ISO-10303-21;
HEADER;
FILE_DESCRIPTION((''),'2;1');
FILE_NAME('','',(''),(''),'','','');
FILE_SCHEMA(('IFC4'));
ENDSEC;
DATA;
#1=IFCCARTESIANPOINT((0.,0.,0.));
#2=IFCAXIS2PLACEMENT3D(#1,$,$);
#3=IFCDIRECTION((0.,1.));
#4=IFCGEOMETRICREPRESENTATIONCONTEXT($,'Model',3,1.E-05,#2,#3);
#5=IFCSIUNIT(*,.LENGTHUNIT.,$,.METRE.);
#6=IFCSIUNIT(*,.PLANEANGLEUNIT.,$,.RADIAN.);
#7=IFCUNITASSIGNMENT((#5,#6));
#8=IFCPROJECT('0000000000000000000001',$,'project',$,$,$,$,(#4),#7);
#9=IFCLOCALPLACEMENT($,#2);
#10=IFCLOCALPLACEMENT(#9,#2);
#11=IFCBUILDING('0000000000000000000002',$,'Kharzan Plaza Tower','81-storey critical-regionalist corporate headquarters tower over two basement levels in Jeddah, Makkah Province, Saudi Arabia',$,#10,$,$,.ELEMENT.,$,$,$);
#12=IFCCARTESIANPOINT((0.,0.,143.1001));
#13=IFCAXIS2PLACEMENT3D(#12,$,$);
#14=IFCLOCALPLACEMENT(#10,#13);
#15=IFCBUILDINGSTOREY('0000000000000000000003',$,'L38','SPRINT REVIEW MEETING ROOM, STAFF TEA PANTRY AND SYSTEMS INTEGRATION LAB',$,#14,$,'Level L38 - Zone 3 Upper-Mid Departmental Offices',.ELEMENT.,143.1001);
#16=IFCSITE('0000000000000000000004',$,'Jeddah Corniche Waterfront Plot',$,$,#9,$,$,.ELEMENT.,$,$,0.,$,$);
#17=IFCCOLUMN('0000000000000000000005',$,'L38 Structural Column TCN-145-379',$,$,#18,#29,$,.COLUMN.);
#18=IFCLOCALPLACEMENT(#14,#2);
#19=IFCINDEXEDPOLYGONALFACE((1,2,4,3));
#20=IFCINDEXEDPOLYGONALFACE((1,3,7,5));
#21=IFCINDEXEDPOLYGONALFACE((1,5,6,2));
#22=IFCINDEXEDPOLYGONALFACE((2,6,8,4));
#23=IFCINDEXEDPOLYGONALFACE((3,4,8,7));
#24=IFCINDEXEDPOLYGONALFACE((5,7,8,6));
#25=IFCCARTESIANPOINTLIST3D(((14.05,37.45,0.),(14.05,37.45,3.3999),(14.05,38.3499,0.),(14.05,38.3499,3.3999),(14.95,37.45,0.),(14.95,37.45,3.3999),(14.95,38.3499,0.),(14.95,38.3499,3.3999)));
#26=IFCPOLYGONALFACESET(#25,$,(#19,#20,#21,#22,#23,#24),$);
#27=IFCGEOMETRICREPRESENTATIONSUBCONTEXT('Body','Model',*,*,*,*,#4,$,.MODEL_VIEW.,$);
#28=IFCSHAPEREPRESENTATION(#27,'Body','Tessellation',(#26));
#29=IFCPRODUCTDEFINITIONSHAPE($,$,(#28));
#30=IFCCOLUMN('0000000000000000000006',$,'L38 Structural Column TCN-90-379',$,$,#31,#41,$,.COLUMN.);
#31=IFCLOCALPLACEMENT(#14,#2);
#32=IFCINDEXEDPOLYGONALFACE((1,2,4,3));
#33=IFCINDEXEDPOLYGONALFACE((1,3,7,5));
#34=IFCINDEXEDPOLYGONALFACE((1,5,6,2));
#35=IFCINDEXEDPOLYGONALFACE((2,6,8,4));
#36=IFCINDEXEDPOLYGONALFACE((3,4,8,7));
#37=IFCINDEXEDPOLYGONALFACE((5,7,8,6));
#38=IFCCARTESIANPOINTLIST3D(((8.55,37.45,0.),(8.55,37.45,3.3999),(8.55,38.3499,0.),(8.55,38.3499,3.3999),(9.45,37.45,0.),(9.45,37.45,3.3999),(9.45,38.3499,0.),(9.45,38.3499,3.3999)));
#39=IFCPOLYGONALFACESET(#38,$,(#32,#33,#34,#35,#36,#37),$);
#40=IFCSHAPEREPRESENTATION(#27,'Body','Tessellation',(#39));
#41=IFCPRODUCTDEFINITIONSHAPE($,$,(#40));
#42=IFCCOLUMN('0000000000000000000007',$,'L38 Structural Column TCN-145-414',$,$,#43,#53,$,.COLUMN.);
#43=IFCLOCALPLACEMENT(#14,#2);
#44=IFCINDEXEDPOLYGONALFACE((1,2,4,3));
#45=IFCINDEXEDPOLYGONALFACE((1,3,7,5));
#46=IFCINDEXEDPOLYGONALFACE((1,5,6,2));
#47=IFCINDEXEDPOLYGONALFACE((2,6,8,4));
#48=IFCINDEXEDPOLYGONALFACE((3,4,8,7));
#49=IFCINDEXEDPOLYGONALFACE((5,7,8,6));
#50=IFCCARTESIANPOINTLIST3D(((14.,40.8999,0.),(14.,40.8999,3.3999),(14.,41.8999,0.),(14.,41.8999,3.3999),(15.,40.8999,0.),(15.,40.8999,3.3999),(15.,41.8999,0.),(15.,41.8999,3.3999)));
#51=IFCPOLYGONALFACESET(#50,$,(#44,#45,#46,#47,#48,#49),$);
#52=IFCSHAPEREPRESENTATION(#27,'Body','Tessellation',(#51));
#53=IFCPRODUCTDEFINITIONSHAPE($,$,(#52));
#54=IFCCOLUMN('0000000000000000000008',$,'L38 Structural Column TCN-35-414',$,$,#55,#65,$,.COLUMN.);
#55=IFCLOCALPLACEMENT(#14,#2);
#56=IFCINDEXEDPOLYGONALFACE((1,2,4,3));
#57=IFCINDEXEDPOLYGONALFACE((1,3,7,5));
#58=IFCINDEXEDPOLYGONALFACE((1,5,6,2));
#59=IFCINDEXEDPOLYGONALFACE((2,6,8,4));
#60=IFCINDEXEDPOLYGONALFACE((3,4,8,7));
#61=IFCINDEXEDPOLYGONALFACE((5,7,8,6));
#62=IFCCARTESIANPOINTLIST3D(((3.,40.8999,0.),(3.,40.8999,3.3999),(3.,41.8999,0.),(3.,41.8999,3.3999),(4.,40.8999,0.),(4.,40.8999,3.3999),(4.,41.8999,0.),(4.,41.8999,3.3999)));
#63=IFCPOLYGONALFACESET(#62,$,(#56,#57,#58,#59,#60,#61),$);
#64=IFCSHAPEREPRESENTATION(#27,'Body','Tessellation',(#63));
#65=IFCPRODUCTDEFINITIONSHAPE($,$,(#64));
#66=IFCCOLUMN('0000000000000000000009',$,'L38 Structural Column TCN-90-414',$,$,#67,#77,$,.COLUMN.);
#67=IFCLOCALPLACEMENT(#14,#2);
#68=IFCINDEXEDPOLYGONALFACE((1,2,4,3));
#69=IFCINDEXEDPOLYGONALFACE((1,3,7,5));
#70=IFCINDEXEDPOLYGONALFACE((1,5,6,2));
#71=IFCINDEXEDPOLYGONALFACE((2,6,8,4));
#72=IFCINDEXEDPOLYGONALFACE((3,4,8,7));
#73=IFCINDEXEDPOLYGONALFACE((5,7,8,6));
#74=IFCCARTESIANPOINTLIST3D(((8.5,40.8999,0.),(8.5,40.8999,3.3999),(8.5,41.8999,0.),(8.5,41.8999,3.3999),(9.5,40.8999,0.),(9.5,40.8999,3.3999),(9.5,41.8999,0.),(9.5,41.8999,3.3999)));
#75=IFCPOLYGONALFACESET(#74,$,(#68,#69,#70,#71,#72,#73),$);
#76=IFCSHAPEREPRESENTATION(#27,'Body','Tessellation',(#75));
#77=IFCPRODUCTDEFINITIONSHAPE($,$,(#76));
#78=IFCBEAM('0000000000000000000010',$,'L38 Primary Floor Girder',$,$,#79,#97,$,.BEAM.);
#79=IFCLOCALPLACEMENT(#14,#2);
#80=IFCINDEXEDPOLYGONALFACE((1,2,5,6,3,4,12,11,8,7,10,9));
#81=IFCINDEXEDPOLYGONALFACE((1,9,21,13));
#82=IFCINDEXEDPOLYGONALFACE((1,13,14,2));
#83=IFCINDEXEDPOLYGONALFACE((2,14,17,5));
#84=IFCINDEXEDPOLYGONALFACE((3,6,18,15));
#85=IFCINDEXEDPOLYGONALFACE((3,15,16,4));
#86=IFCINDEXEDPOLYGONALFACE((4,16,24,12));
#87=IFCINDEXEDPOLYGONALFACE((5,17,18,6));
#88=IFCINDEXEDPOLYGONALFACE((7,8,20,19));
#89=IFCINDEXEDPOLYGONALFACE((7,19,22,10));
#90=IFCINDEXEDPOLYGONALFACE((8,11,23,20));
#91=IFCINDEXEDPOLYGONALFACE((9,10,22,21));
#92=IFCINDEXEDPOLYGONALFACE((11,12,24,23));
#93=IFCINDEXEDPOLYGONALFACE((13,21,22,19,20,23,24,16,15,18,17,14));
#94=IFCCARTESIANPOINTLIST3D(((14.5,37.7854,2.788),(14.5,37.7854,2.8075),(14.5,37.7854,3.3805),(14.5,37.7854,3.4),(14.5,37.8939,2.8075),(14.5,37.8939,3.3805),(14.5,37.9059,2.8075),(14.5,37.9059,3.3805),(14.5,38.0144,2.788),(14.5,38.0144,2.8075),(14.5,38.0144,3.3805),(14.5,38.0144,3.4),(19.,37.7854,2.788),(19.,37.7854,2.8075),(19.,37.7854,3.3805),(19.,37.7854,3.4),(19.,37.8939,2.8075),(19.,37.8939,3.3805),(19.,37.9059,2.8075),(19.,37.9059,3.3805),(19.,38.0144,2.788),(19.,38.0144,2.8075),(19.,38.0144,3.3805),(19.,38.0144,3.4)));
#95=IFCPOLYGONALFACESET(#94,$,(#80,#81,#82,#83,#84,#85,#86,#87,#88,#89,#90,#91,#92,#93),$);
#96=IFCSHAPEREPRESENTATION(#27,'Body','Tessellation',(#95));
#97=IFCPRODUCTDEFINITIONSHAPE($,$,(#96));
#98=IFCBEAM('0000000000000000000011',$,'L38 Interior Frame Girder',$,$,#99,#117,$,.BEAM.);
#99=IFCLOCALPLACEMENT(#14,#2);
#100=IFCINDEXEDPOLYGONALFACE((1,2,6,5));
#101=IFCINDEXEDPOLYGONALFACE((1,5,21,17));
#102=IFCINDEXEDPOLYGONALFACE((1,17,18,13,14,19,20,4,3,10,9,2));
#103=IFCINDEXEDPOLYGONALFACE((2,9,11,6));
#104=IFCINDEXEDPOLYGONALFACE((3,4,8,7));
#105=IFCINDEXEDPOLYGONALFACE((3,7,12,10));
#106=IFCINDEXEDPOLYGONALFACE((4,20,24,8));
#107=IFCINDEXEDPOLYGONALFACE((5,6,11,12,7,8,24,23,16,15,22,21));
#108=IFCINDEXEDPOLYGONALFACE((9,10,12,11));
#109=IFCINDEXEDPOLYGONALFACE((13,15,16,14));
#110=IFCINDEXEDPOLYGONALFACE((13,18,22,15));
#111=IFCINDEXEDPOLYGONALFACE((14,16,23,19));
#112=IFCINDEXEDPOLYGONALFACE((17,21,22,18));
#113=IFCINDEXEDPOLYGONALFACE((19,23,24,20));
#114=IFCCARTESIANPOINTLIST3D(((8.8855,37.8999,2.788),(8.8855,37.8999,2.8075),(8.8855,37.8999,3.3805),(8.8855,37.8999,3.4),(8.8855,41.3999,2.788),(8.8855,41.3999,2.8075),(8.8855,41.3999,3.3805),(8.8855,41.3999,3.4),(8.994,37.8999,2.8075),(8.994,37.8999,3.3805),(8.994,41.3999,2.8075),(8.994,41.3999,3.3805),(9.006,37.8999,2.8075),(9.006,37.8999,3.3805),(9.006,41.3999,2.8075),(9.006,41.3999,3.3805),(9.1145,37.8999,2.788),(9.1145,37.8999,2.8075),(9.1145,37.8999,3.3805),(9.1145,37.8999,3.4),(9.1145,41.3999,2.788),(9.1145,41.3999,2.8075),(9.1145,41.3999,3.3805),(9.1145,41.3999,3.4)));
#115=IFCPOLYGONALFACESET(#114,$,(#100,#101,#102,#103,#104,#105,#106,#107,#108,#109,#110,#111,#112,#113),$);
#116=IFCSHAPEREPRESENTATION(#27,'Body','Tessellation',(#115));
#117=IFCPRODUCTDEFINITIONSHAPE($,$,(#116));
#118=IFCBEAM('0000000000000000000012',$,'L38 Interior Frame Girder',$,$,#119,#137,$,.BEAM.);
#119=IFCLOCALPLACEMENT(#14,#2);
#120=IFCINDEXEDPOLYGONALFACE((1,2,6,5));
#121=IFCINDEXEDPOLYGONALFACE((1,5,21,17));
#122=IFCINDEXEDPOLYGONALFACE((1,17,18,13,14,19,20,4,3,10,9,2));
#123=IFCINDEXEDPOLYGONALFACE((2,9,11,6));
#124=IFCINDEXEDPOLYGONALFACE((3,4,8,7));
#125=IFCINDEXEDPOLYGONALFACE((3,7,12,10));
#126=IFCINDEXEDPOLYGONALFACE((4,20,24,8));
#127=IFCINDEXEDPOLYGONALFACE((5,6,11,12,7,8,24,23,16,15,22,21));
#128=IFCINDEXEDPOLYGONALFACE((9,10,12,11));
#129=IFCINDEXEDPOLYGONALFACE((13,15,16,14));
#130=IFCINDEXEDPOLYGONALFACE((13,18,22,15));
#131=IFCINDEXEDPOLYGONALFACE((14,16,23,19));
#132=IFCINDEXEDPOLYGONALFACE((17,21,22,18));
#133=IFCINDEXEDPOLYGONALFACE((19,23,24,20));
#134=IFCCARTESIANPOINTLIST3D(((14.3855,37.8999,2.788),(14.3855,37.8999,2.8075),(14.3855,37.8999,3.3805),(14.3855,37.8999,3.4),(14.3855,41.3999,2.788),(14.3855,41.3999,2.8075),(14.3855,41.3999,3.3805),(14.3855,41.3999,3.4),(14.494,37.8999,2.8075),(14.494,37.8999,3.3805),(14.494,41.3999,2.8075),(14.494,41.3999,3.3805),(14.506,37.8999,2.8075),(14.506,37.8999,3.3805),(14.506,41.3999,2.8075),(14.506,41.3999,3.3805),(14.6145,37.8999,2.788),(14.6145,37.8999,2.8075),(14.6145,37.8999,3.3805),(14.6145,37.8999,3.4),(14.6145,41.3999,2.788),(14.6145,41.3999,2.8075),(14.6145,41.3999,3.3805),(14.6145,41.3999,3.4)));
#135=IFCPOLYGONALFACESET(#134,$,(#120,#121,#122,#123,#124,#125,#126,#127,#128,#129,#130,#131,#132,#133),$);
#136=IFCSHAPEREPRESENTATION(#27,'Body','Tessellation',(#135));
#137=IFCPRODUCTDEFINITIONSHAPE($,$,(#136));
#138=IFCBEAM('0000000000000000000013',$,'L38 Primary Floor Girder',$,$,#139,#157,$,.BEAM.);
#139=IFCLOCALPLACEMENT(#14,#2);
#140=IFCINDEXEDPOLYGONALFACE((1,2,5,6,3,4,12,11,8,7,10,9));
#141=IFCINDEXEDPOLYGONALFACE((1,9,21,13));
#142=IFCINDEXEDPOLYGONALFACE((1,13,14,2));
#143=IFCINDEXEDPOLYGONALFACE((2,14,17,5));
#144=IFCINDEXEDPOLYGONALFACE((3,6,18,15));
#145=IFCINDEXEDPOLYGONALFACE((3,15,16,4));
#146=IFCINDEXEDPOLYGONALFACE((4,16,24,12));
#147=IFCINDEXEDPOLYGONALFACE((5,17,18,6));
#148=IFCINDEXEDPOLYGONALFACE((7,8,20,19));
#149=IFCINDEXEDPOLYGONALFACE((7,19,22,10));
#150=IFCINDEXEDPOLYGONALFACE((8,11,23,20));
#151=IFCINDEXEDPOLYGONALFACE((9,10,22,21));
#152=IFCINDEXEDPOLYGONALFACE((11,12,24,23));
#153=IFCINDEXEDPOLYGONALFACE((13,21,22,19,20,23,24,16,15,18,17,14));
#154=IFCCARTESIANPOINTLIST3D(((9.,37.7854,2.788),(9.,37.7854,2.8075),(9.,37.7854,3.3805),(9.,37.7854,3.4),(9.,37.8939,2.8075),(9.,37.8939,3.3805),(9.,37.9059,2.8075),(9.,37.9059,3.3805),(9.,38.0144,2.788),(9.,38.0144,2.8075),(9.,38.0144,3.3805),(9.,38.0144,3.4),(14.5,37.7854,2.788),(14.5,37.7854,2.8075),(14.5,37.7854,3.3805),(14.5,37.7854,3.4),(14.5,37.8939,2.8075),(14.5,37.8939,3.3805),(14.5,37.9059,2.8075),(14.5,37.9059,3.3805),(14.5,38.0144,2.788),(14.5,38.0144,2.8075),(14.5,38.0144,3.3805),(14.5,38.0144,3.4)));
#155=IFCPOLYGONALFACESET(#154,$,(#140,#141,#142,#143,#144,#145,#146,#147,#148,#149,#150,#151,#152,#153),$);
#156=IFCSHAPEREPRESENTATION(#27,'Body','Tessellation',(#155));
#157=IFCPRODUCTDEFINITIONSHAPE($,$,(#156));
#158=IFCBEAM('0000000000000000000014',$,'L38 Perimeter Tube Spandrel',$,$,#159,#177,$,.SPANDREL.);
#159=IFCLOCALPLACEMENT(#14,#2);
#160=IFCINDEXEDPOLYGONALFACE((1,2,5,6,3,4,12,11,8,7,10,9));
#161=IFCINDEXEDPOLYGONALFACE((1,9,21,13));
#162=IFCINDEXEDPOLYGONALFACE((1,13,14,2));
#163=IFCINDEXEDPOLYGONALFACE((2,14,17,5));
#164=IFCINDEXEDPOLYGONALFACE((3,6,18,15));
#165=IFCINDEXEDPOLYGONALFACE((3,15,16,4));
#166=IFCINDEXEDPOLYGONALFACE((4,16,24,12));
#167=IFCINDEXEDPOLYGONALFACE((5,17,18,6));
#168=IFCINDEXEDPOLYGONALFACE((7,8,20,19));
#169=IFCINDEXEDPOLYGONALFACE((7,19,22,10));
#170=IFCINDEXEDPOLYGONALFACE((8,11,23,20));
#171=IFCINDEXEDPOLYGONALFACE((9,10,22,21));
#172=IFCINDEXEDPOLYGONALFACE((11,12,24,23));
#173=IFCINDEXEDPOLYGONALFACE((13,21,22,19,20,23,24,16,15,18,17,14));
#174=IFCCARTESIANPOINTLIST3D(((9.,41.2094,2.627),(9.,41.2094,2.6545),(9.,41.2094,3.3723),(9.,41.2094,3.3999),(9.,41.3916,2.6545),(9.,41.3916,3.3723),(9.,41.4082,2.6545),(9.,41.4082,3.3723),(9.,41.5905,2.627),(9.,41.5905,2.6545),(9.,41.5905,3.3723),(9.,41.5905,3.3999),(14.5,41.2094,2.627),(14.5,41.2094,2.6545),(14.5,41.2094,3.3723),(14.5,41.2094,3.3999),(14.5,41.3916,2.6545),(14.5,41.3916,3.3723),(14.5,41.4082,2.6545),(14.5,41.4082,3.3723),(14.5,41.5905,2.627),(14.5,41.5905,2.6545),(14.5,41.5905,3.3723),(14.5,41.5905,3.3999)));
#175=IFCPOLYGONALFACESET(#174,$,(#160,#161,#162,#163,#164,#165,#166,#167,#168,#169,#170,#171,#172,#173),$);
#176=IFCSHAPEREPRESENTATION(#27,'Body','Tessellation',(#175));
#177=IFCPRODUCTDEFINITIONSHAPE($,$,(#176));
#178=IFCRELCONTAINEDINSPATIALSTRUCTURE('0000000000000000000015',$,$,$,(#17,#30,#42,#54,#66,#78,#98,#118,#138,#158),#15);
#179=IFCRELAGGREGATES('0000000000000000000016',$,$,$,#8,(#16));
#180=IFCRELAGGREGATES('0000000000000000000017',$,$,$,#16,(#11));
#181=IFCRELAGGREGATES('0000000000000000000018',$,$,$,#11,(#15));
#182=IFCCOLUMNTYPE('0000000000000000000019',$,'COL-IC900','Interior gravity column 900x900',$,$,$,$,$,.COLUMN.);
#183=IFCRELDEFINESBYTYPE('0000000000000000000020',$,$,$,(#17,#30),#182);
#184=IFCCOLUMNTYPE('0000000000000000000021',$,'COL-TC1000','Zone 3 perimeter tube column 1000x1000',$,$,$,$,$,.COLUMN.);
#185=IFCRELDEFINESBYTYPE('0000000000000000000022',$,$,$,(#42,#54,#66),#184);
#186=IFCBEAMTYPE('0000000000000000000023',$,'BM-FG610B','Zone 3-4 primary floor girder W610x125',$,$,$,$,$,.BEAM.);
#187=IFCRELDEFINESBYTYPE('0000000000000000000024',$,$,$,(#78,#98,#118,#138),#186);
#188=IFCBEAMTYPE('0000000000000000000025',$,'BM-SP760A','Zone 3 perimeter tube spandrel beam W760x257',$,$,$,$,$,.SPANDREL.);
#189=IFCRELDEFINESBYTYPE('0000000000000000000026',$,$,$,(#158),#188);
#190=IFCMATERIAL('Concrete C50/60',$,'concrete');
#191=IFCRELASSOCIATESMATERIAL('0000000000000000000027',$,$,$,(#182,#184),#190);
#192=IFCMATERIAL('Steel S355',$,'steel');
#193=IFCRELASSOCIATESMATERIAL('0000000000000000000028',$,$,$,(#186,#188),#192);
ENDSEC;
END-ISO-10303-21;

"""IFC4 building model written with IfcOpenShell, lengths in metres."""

from ifc_helpers import new_model, si_unit, direction, frame, origin, origin_2d, place, context, subcontext, project, spatial, rectangle, i_section, extrude, source, transform, mapped, material, material_profile, profile_set, type_object, element, save


model = new_model("IFC4")

# Units and contexts
model_context = context("Model", 3, precision=1e-05, world=origin(), true_north=direction((0.0, 1.0)))
body_context = subcontext(model_context, "Body", "Model", "MODEL_VIEW")
ifc_project = project(units=[si_unit("LENGTHUNIT", "METRE"), si_unit("PLANEANGLEUNIT", "RADIAN")], contexts=[model_context])

# Site, building, storey
site_placement = place(None, origin())
site = spatial("IfcSite", under=ifc_project, at=site_placement, Name="Jeddah Corniche Waterfront Plot", CompositionType="ELEMENT", RefElevation=0.0)
building_placement = place(site_placement, origin())
building = spatial("IfcBuilding", under=site, at=building_placement, Name="Kharzan Plaza Tower", Description="81-storey critical-regionalist corporate headquarters tower over two basement levels in Jeddah, Makkah Province, Saudi Arabia", CompositionType="ELEMENT")
storey_placement = place(building_placement, frame((0.0, 0.0, 143.1001)))
storey = spatial("IfcBuildingStorey", under=building, at=storey_placement, Name="L38", Description="SPRINT REVIEW MEETING ROOM, STAFF TEA PANTRY AND SYSTEMS INTEGRATION LAB", LongName="Level L38 - Zone 3 Upper-Mid Departmental Offices", CompositionType="ELEMENT", Elevation=143.1001)

# Columns
ifc_material_1 = material(Name="Concrete C50/60", Category="concrete")
ifc_material_profile_1 = material_profile(ifc_material_1, rectangle(XDim=0.8999, YDim=0.8999, at=origin_2d()), Name="RC-IC900x900")
ifc_profile_set_1 = profile_set([ifc_material_profile_1], Name="Concrete C50/60")
column_type_1 = type_object("IfcColumnType", Name="COL-IC900", Description="Interior gravity column 900x900", PredefinedType="COLUMN", material=ifc_profile_set_1)
shared_shape_1 = source(origin(), body_context, "Body", "SweptSolid", [
    extrude(rectangle(XDim=0.8999, YDim=0.8999, at=origin_2d()), origin(), (0.0, 0.0, 1.0), 3.3999),
])
for number, where, z_axis, x_axis, name in (
    (1, (14.5, 37.8999, 0.0), (0.0, 0.0, 1.0), (1.0, 0.0, 0.0), "L38 Structural Column TCN-145-379"),
    (2, (9.0, 37.8999, 0.0), (0.0, 0.0, 1.0), (1.0, 0.0, 0.0), "L38 Structural Column TCN-90-379"),
):
    element("IfcColumn", number, at=place(storey_placement, frame(where, z_axis=z_axis, x_axis=x_axis)), inside=storey, type_object=column_type_1, Name=name, PredefinedType="COLUMN", context=body_context, shape_type="MappedRepresentation", body=[
        mapped(shared_shape_1, transform((0.0, 0.0, 0.0), x_axis=(1.0, 0.0, 0.0), y_axis=(0.0, 1.0, 0.0), z_axis=(0.0, 0.0, 1.0))),
    ])
ifc_material_profile_2 = material_profile(ifc_material_1, rectangle(XDim=1.0, YDim=1.0, at=origin_2d()), Name="RC-TC1000x1000")
ifc_profile_set_2 = profile_set([ifc_material_profile_2], Name="Concrete C50/60")
column_type_2 = type_object("IfcColumnType", Name="COL-TC1000", Description="Zone 3 perimeter tube column 1000x1000", PredefinedType="COLUMN", material=ifc_profile_set_2)
shared_shape_2 = source(origin(), body_context, "Body", "SweptSolid", [
    extrude(rectangle(XDim=1.0, YDim=1.0, at=origin_2d()), origin(), (0.0, 0.0, 1.0), 3.3999),
])
for number, where, z_axis, x_axis, name in (
    (3, (14.5, 41.3999, 0.0), (0.0, 0.0, 1.0), (1.0, 0.0, 0.0), "L38 Structural Column TCN-145-414"),
    (4, (3.5, 41.3999, 0.0), (0.0, 0.0, 1.0), (1.0, 0.0, 0.0), "L38 Structural Column TCN-35-414"),
    (5, (9.0, 41.3999, 0.0), (0.0, 0.0, 1.0), (1.0, 0.0, 0.0), "L38 Structural Column TCN-90-414"),
):
    element("IfcColumn", number, at=place(storey_placement, frame(where, z_axis=z_axis, x_axis=x_axis)), inside=storey, type_object=column_type_2, Name=name, PredefinedType="COLUMN", context=body_context, shape_type="MappedRepresentation", body=[
        mapped(shared_shape_2, transform((0.0, 0.0, 0.0), x_axis=(1.0, 0.0, 0.0), y_axis=(0.0, 1.0, 0.0), z_axis=(0.0, 0.0, 1.0))),
    ])

# Beams
ifc_material_2 = material(Name="Steel S355", Category="steel")
ifc_material_profile_3 = material_profile(ifc_material_2, i_section(OverallWidth=0.229, OverallDepth=0.6121, WebThickness=0.012, FlangeThickness=0.0195, at=origin_2d()), Name="W610x125")
ifc_profile_set_3 = profile_set([ifc_material_profile_3], Name="Steel S355")
beam_type_1 = type_object("IfcBeamType", Name="BM-FG610B", Description="Zone 3-4 primary floor girder W610x125", PredefinedType="BEAM", material=ifc_profile_set_3)
shared_shape_3 = source(origin(), body_context, "Body", "SweptSolid", [
    extrude(i_section(OverallWidth=0.229, OverallDepth=0.6121, WebThickness=0.012, FlangeThickness=0.0195, at=origin_2d()), origin(), (0.0, 0.0, 1.0), 4.5),
])
beam_1_placement = place(storey_placement, frame((14.5, 37.8999, 3.094), z_axis=(1.0, 0.0, 0.0), x_axis=(0.0, 1.0, 0.0)))
element("IfcBeam", 6, at=beam_1_placement, inside=storey, type_object=beam_type_1, Name="L38 Primary Floor Girder", PredefinedType="BEAM", context=body_context, shape_type="MappedRepresentation", body=[
    mapped(shared_shape_3, transform((0.0, 0.0, 0.0), x_axis=(1.0, 0.0, 0.0), y_axis=(0.0, 1.0, 0.0), z_axis=(0.0, 0.0, 1.0))),
])
shared_shape_4 = source(origin(), body_context, "Body", "SweptSolid", [
    extrude(i_section(OverallWidth=0.229, OverallDepth=0.6121, WebThickness=0.012, FlangeThickness=0.0195, at=origin_2d()), origin(), (0.0, 0.0, 1.0), 3.5),
])
for number, where, z_axis, x_axis, name in (
    (7, (9.0, 37.8999, 3.094), (0.0, 1.0, 0.0), (-1.0, 0.0, 0.0), "L38 Interior Frame Girder"),
    (8, (14.5, 37.8999, 3.094), (0.0, 1.0, 0.0), (-1.0, 0.0, 0.0), "L38 Interior Frame Girder"),
):
    element("IfcBeam", number, at=place(storey_placement, frame(where, z_axis=z_axis, x_axis=x_axis)), inside=storey, type_object=beam_type_1, Name=name, PredefinedType="BEAM", context=body_context, shape_type="MappedRepresentation", body=[
        mapped(shared_shape_4, transform((0.0, 0.0, 0.0), x_axis=(1.0, 0.0, 0.0), y_axis=(0.0, 1.0, 0.0), z_axis=(0.0, 0.0, 1.0))),
    ])
shared_shape_5 = source(origin(), body_context, "Body", "SweptSolid", [
    extrude(i_section(OverallWidth=0.229, OverallDepth=0.6121, WebThickness=0.012, FlangeThickness=0.0195, at=origin_2d()), origin(), (0.0, 0.0, 1.0), 5.5),
])
beam_2_placement = place(storey_placement, frame((9.0, 37.8999, 3.094), z_axis=(1.0, 0.0, 0.0), x_axis=(0.0, 1.0, 0.0)))
element("IfcBeam", 9, at=beam_2_placement, inside=storey, type_object=beam_type_1, Name="L38 Primary Floor Girder", PredefinedType="BEAM", context=body_context, shape_type="MappedRepresentation", body=[
    mapped(shared_shape_5, transform((0.0, 0.0, 0.0), x_axis=(1.0, 0.0, 0.0), y_axis=(0.0, 1.0, 0.0), z_axis=(0.0, 0.0, 1.0))),
])
ifc_material_profile_4 = material_profile(ifc_material_2, i_section(OverallWidth=0.3811, OverallDepth=0.7729, WebThickness=0.0166, FlangeThickness=0.0276, at=origin_2d()), Name="W760x257")
ifc_profile_set_4 = profile_set([ifc_material_profile_4], Name="Steel S355")
beam_type_2 = type_object("IfcBeamType", Name="BM-SP760A", Description="Zone 3 perimeter tube spandrel beam W760x257", PredefinedType="SPANDREL", material=ifc_profile_set_4)
shared_shape_6 = source(origin(), body_context, "Body", "SweptSolid", [
    extrude(i_section(OverallWidth=0.3811, OverallDepth=0.7729, WebThickness=0.0166, FlangeThickness=0.0276, at=origin_2d()), origin(), (0.0, 0.0, 1.0), 5.5),
])
beam_3_placement = place(storey_placement, frame((9.0, 41.3999, 3.0134), z_axis=(1.0, 0.0, 0.0), x_axis=(0.0, 1.0, 0.0)))
element("IfcBeam", 10, at=beam_3_placement, inside=storey, type_object=beam_type_2, Name="L38 Perimeter Tube Spandrel", PredefinedType="SPANDREL", context=body_context, shape_type="MappedRepresentation", body=[
    mapped(shared_shape_6, transform((0.0, 0.0, 0.0), x_axis=(1.0, 0.0, 0.0), y_axis=(0.0, 1.0, 0.0), z_axis=(0.0, 0.0, 1.0))),
])

save(model, "model.ifc")
